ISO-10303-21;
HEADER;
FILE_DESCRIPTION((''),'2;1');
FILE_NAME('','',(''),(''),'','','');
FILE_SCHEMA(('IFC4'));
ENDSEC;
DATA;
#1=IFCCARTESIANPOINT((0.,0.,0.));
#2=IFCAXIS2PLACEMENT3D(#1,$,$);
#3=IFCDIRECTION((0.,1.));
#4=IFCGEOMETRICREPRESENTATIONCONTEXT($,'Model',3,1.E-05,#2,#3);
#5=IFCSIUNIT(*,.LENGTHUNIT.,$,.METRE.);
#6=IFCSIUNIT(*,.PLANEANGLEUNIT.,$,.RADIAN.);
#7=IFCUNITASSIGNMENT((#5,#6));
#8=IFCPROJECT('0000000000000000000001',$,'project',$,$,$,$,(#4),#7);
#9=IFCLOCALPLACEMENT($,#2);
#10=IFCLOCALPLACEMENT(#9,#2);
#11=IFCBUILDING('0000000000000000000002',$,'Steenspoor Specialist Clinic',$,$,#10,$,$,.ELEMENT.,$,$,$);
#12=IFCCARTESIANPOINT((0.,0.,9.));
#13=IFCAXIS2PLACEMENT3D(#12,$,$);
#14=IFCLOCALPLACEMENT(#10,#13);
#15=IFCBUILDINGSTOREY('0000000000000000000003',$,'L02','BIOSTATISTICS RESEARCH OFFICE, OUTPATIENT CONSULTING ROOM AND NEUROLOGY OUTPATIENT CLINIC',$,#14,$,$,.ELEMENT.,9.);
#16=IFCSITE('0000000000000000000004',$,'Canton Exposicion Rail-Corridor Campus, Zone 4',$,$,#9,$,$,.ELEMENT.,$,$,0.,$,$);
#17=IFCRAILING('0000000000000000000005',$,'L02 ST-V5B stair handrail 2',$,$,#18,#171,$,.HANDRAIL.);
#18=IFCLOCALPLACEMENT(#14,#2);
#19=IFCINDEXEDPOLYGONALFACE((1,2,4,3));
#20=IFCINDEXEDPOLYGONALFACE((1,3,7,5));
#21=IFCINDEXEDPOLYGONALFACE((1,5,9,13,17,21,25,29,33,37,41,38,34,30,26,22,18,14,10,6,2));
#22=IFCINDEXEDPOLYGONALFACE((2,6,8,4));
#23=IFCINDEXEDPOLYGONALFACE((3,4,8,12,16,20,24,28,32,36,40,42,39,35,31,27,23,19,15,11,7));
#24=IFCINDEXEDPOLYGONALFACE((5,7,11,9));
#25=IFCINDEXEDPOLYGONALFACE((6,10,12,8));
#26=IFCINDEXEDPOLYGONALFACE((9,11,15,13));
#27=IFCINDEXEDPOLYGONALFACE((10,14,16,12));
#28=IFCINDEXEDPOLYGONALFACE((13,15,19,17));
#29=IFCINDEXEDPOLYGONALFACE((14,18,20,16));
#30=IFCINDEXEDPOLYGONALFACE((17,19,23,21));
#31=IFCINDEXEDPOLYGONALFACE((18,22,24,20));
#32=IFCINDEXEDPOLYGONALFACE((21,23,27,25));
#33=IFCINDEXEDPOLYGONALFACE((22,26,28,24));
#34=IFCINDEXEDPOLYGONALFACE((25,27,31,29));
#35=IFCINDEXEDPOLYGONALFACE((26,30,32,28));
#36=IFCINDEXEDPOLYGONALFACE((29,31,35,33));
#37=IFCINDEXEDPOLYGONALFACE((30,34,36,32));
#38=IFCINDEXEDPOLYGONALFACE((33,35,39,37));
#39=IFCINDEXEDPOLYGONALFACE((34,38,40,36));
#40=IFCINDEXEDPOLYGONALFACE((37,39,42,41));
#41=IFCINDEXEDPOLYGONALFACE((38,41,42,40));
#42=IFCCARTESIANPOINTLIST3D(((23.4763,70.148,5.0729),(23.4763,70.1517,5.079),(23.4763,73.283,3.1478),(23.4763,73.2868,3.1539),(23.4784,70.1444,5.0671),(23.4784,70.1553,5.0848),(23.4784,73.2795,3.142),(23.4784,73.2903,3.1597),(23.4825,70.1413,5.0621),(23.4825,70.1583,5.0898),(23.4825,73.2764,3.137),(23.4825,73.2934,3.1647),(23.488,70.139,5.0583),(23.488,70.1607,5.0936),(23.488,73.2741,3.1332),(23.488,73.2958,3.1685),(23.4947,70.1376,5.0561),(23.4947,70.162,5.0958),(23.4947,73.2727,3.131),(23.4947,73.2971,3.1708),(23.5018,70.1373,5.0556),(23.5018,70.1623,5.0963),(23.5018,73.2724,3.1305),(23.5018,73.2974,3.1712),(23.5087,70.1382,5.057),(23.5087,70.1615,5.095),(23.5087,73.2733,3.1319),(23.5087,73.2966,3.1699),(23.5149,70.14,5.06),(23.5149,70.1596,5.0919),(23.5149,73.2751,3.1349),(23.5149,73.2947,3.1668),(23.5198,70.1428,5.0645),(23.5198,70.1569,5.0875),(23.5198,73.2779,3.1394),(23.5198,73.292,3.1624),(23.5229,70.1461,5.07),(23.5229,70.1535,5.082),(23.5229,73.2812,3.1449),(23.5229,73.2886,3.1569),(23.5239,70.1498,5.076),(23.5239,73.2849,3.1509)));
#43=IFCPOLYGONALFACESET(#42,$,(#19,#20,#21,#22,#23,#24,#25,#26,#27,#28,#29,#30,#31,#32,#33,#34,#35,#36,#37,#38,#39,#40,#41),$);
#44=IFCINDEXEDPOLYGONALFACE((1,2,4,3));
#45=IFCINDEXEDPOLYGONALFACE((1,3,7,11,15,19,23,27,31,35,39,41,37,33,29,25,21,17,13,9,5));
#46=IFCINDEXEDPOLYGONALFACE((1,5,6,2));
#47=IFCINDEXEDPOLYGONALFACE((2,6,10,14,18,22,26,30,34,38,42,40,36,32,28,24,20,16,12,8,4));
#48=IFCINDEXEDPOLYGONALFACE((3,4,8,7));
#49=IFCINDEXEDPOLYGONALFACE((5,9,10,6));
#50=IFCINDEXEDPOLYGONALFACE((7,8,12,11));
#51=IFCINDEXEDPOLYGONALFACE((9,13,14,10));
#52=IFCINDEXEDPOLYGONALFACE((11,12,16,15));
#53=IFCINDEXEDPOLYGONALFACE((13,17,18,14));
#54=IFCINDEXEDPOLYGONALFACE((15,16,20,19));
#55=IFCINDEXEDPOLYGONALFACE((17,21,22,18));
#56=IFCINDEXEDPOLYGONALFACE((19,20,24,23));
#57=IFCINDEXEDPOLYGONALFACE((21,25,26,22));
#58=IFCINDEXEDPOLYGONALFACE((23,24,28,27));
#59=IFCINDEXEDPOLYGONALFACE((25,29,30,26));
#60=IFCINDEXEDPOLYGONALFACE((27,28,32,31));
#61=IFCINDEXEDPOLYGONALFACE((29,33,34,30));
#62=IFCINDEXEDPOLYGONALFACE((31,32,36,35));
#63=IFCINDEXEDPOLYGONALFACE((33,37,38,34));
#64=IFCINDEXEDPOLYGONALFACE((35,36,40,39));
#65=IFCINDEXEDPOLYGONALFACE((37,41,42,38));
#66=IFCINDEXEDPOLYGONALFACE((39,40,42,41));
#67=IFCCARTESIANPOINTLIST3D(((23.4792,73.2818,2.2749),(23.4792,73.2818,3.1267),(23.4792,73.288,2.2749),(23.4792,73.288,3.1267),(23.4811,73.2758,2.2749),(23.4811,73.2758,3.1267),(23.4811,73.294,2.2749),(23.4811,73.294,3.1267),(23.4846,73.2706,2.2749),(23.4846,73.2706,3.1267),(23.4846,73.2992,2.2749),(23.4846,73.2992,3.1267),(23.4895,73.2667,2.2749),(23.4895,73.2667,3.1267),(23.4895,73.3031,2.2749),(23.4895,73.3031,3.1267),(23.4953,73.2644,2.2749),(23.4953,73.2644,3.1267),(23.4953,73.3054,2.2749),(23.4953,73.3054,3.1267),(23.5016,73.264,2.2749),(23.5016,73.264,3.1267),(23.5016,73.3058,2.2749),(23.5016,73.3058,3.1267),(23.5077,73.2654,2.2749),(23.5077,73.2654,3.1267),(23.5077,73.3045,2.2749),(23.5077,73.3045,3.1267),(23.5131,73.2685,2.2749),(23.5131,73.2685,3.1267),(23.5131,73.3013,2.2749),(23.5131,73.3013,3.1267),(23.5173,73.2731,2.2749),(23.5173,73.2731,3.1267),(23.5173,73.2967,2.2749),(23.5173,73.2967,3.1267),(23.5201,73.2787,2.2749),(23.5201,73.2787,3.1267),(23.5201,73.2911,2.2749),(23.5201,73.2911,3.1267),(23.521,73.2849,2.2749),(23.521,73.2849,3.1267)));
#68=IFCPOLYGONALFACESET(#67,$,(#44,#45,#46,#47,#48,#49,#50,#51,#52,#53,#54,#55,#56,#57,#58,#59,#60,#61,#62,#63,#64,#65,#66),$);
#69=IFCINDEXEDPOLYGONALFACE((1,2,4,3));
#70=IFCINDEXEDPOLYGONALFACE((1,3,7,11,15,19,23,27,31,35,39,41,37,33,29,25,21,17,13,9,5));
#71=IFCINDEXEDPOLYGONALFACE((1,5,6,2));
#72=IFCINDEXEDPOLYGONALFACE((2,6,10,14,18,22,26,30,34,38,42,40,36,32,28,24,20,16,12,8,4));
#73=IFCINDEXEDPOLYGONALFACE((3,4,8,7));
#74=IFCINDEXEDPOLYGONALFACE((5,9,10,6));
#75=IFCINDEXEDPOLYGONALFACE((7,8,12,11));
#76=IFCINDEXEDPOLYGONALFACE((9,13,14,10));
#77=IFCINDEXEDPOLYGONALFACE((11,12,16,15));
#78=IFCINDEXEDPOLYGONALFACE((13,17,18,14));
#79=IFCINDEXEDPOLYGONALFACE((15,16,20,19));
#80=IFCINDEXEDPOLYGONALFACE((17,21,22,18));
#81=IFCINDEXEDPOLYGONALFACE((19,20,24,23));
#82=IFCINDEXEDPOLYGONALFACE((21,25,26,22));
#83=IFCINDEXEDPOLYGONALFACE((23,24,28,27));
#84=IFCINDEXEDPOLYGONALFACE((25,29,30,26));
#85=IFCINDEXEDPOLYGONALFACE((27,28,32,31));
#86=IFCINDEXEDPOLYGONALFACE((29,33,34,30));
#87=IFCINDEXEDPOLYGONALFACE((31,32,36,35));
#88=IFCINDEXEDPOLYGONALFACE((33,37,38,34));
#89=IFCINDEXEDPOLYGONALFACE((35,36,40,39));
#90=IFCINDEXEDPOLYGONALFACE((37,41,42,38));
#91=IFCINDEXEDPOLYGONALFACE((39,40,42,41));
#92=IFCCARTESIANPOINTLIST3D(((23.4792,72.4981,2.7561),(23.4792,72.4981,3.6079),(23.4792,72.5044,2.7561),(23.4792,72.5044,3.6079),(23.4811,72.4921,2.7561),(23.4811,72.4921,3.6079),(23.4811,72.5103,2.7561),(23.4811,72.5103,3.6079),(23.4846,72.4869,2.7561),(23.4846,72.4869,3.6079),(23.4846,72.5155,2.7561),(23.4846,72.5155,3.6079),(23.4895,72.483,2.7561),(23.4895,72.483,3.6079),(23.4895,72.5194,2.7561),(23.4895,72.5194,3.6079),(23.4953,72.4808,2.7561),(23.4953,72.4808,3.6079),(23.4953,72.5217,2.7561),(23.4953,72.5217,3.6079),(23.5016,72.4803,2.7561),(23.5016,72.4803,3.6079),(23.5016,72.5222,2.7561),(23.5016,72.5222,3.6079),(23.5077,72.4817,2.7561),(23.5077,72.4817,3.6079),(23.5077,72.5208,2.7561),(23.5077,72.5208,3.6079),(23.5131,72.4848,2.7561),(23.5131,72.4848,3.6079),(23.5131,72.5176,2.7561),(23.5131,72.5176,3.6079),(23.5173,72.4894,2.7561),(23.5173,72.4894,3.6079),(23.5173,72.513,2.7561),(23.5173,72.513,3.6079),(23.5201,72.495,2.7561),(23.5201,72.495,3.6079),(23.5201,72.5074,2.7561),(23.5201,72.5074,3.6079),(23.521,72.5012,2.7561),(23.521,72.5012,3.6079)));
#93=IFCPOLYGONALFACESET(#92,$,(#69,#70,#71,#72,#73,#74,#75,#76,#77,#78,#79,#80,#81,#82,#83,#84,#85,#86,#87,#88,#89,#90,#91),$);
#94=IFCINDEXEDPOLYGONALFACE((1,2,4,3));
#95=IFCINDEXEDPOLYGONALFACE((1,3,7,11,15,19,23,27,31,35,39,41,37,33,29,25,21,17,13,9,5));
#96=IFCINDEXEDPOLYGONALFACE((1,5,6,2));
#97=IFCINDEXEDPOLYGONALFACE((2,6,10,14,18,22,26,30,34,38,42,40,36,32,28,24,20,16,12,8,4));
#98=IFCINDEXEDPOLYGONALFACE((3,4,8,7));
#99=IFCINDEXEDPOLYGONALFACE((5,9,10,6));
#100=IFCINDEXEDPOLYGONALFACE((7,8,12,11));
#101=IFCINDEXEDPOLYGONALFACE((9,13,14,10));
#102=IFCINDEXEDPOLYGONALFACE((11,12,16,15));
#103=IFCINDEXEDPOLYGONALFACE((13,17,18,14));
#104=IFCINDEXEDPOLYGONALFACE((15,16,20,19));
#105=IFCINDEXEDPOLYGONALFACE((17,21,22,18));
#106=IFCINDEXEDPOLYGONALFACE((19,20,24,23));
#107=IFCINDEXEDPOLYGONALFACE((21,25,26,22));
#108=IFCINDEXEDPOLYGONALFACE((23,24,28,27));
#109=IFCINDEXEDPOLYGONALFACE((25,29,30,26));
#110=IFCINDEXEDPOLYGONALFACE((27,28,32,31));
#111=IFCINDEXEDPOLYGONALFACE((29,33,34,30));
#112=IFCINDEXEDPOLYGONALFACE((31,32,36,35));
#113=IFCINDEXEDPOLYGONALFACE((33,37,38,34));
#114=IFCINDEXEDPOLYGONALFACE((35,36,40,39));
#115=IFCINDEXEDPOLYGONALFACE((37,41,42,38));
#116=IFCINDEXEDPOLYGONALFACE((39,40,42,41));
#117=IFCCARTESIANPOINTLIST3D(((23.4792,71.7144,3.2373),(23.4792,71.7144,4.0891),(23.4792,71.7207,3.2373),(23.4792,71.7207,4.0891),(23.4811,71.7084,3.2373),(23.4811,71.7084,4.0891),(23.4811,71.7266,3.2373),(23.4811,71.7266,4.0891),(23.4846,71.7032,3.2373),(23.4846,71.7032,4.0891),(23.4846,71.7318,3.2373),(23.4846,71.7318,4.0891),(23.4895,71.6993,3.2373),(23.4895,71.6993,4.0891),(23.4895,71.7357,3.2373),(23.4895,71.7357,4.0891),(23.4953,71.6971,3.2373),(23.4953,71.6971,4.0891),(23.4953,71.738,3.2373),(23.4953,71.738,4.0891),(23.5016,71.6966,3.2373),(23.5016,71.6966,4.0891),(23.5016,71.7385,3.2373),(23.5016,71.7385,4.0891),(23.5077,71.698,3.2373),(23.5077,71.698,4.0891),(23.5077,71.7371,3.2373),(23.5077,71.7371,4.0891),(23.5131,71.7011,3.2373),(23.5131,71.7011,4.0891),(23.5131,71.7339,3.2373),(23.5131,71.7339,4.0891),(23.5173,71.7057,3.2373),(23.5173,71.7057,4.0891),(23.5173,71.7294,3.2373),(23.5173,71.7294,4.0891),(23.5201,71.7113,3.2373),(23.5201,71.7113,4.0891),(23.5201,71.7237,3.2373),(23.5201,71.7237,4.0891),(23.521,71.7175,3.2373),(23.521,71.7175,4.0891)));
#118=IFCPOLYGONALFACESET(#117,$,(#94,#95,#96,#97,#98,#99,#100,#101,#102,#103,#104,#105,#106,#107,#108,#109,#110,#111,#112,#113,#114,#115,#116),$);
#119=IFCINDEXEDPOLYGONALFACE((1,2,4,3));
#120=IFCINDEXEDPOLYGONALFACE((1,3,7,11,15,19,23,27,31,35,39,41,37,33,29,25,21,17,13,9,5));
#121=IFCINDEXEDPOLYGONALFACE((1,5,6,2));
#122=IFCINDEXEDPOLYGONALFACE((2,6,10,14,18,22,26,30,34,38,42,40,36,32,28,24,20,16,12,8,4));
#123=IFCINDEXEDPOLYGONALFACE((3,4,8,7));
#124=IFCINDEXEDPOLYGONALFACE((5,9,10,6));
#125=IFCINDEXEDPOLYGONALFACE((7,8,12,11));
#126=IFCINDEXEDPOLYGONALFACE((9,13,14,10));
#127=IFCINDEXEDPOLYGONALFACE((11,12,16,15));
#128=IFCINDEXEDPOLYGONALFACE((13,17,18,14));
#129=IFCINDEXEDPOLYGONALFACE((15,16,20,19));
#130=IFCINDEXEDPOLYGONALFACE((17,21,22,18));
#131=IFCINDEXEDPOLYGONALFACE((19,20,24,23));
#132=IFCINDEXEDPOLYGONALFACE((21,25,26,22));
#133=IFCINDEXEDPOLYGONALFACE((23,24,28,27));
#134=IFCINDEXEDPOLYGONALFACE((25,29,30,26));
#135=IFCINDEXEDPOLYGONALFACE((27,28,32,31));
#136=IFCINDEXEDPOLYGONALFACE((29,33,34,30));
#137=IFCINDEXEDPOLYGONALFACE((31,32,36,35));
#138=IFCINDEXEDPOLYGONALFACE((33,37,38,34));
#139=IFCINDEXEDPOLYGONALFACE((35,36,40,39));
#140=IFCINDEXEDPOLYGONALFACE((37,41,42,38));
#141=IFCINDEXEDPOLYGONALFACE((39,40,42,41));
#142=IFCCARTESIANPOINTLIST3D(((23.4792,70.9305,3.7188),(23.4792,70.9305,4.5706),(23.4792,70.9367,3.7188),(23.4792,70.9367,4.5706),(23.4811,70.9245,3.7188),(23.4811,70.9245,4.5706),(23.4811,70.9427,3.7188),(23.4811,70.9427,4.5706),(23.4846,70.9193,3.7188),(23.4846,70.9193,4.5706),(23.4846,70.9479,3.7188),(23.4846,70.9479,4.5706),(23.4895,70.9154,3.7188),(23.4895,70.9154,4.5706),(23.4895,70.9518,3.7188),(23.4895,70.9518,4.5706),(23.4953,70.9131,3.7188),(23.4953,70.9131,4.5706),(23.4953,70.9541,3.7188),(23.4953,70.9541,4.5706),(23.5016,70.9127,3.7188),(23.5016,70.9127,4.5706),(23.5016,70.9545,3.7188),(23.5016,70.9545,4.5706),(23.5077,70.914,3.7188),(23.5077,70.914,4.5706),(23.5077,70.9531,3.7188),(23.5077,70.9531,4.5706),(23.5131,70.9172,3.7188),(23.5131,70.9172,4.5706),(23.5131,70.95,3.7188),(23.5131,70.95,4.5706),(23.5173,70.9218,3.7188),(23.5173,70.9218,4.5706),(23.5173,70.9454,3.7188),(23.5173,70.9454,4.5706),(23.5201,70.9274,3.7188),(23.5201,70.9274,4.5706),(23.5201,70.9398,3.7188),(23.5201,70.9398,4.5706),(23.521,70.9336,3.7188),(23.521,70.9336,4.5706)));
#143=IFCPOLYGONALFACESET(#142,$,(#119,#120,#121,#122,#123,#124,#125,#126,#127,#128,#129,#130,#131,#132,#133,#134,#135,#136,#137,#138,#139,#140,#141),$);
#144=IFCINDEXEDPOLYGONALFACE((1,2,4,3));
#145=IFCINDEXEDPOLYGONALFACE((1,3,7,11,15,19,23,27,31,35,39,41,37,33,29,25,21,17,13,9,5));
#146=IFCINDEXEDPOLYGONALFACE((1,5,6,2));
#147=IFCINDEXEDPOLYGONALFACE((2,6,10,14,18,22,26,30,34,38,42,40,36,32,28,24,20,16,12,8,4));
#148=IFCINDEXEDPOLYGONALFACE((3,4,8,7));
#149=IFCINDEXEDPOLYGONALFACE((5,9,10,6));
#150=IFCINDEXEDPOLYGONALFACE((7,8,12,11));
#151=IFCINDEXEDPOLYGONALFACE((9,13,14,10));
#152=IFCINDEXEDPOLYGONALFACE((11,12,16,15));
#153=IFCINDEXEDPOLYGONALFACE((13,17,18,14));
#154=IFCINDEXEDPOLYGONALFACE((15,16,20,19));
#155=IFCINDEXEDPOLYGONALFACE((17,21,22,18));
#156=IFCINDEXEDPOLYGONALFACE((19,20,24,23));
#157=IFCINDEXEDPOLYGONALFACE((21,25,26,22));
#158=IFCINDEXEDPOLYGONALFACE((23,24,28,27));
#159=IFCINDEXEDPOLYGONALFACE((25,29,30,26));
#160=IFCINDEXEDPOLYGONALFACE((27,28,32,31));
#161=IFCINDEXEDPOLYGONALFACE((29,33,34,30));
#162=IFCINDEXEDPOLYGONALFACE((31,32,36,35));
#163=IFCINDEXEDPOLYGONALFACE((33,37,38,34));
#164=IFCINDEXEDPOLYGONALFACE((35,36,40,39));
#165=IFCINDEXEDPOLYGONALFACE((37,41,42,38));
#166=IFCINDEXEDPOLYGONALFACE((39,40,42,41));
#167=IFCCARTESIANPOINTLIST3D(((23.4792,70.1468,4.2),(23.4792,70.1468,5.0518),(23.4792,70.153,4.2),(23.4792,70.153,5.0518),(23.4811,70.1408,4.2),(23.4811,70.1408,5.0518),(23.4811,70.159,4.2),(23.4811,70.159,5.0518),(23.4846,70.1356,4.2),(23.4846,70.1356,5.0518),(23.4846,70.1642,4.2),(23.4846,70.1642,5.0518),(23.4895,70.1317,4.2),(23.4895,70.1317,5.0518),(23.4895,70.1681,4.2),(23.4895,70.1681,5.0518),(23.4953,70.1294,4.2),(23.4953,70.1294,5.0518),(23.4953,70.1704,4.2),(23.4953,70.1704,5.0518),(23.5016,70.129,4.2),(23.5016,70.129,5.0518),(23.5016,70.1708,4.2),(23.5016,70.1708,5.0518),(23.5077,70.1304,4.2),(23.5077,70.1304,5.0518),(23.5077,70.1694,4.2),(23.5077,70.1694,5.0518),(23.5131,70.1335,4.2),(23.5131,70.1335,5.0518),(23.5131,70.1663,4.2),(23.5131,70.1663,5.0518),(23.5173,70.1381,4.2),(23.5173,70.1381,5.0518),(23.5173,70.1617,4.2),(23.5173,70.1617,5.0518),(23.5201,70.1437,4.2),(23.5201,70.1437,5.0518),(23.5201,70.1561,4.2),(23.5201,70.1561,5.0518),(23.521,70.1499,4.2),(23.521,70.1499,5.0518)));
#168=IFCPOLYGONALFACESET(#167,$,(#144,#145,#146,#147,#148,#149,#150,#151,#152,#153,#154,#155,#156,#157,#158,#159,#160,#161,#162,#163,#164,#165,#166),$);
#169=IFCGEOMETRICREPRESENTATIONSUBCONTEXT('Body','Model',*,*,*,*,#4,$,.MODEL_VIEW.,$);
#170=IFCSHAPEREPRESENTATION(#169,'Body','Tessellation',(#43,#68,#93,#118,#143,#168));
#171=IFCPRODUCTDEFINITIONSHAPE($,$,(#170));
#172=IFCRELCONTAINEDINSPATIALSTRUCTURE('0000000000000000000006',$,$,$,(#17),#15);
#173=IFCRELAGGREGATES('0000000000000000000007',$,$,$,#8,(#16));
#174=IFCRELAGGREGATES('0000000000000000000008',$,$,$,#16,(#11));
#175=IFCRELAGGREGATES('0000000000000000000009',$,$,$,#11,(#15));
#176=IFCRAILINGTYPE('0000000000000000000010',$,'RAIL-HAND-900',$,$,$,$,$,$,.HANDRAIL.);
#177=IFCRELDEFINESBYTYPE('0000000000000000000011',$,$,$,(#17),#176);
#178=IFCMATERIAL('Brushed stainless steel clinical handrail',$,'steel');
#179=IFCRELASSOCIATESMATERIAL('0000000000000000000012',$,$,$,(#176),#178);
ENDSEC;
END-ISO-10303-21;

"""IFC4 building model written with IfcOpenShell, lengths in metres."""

from ifc_helpers import new_model, si_unit, direction, frame, origin, origin_2d, place, context, subcontext, project, spatial, circle, extrude, material, type_object, element, save


model = new_model("IFC4")

# Units and contexts
model_context = context("Model", 3, precision=1e-05, world=origin(), true_north=direction((0.0, 1.0)))
body_context = subcontext(model_context, "Body", "Model", "MODEL_VIEW")
ifc_project = project(units=[si_unit("LENGTHUNIT", "METRE"), si_unit("PLANEANGLEUNIT", "RADIAN")], contexts=[model_context])

# Site, building, storey
site_placement = place(None, origin())
site = spatial("IfcSite", under=ifc_project, at=site_placement, Name="Canton Exposicion Rail-Corridor Campus, Zone 4", CompositionType="ELEMENT", RefElevation=0.0)
building_placement = place(site_placement, origin())
building = spatial("IfcBuilding", under=site, at=building_placement, Name="Steenspoor Specialist Clinic", CompositionType="ELEMENT")
storey_placement = place(building_placement, frame((0.0, 0.0, 9.0)))
storey = spatial("IfcBuildingStorey", under=building, at=storey_placement, Name="L02", Description="BIOSTATISTICS RESEARCH OFFICE, OUTPATIENT CONSULTING ROOM AND NEUROLOGY OUTPATIENT CLINIC", CompositionType="ELEMENT", Elevation=9.0)

# Railing
ifc_material_1 = material(Name="Brushed stainless steel clinical handrail", Category="steel")
railing_type_1 = type_object("IfcRailingType", Name="RAIL-HAND-900", PredefinedType="HANDRAIL", material=ifc_material_1)
railing_1_placement = place(storey_placement, frame((23.5, 73.2849, 2.2749)))
element("IfcRailing", 1, at=railing_1_placement, inside=storey, type_object=railing_type_1, Name="L02 ST-V5B stair handrail 2", PredefinedType="HANDRAIL", context=body_context, shape_type="SweptSolid", body=[
    extrude(circle(Radius=0.0239, at=origin_2d()), frame((0.0, 0.0, 0.876), z_axis=(0.0, -0.852166, 0.523271), x_axis=(1.0, 0.0, 0.0)), (0.0, 0.0, 1.0), 3.679),
    extrude(circle(Radius=0.021, at=origin_2d()), origin(), (0.0, 0.0, 1.0), 0.8518),
    extrude(circle(Radius=0.021, at=origin_2d()), frame((0.0, -0.7837, 0.4812)), (0.0, 0.0, 1.0), 0.8518),
    extrude(circle(Radius=0.021, at=origin_2d()), frame((0.0, -1.5674, 0.9624)), (0.0, 0.0, 1.0), 0.8518),
    extrude(circle(Radius=0.021, at=origin_2d()), frame((0.0, -2.3513, 1.4438)), (0.0, 0.0, 1.0), 0.8518),
    extrude(circle(Radius=0.021, at=origin_2d()), frame((0.0, -3.135, 1.925)), (0.0, 0.0, 1.0), 0.8518),
])

save(model, "model.ifc")
